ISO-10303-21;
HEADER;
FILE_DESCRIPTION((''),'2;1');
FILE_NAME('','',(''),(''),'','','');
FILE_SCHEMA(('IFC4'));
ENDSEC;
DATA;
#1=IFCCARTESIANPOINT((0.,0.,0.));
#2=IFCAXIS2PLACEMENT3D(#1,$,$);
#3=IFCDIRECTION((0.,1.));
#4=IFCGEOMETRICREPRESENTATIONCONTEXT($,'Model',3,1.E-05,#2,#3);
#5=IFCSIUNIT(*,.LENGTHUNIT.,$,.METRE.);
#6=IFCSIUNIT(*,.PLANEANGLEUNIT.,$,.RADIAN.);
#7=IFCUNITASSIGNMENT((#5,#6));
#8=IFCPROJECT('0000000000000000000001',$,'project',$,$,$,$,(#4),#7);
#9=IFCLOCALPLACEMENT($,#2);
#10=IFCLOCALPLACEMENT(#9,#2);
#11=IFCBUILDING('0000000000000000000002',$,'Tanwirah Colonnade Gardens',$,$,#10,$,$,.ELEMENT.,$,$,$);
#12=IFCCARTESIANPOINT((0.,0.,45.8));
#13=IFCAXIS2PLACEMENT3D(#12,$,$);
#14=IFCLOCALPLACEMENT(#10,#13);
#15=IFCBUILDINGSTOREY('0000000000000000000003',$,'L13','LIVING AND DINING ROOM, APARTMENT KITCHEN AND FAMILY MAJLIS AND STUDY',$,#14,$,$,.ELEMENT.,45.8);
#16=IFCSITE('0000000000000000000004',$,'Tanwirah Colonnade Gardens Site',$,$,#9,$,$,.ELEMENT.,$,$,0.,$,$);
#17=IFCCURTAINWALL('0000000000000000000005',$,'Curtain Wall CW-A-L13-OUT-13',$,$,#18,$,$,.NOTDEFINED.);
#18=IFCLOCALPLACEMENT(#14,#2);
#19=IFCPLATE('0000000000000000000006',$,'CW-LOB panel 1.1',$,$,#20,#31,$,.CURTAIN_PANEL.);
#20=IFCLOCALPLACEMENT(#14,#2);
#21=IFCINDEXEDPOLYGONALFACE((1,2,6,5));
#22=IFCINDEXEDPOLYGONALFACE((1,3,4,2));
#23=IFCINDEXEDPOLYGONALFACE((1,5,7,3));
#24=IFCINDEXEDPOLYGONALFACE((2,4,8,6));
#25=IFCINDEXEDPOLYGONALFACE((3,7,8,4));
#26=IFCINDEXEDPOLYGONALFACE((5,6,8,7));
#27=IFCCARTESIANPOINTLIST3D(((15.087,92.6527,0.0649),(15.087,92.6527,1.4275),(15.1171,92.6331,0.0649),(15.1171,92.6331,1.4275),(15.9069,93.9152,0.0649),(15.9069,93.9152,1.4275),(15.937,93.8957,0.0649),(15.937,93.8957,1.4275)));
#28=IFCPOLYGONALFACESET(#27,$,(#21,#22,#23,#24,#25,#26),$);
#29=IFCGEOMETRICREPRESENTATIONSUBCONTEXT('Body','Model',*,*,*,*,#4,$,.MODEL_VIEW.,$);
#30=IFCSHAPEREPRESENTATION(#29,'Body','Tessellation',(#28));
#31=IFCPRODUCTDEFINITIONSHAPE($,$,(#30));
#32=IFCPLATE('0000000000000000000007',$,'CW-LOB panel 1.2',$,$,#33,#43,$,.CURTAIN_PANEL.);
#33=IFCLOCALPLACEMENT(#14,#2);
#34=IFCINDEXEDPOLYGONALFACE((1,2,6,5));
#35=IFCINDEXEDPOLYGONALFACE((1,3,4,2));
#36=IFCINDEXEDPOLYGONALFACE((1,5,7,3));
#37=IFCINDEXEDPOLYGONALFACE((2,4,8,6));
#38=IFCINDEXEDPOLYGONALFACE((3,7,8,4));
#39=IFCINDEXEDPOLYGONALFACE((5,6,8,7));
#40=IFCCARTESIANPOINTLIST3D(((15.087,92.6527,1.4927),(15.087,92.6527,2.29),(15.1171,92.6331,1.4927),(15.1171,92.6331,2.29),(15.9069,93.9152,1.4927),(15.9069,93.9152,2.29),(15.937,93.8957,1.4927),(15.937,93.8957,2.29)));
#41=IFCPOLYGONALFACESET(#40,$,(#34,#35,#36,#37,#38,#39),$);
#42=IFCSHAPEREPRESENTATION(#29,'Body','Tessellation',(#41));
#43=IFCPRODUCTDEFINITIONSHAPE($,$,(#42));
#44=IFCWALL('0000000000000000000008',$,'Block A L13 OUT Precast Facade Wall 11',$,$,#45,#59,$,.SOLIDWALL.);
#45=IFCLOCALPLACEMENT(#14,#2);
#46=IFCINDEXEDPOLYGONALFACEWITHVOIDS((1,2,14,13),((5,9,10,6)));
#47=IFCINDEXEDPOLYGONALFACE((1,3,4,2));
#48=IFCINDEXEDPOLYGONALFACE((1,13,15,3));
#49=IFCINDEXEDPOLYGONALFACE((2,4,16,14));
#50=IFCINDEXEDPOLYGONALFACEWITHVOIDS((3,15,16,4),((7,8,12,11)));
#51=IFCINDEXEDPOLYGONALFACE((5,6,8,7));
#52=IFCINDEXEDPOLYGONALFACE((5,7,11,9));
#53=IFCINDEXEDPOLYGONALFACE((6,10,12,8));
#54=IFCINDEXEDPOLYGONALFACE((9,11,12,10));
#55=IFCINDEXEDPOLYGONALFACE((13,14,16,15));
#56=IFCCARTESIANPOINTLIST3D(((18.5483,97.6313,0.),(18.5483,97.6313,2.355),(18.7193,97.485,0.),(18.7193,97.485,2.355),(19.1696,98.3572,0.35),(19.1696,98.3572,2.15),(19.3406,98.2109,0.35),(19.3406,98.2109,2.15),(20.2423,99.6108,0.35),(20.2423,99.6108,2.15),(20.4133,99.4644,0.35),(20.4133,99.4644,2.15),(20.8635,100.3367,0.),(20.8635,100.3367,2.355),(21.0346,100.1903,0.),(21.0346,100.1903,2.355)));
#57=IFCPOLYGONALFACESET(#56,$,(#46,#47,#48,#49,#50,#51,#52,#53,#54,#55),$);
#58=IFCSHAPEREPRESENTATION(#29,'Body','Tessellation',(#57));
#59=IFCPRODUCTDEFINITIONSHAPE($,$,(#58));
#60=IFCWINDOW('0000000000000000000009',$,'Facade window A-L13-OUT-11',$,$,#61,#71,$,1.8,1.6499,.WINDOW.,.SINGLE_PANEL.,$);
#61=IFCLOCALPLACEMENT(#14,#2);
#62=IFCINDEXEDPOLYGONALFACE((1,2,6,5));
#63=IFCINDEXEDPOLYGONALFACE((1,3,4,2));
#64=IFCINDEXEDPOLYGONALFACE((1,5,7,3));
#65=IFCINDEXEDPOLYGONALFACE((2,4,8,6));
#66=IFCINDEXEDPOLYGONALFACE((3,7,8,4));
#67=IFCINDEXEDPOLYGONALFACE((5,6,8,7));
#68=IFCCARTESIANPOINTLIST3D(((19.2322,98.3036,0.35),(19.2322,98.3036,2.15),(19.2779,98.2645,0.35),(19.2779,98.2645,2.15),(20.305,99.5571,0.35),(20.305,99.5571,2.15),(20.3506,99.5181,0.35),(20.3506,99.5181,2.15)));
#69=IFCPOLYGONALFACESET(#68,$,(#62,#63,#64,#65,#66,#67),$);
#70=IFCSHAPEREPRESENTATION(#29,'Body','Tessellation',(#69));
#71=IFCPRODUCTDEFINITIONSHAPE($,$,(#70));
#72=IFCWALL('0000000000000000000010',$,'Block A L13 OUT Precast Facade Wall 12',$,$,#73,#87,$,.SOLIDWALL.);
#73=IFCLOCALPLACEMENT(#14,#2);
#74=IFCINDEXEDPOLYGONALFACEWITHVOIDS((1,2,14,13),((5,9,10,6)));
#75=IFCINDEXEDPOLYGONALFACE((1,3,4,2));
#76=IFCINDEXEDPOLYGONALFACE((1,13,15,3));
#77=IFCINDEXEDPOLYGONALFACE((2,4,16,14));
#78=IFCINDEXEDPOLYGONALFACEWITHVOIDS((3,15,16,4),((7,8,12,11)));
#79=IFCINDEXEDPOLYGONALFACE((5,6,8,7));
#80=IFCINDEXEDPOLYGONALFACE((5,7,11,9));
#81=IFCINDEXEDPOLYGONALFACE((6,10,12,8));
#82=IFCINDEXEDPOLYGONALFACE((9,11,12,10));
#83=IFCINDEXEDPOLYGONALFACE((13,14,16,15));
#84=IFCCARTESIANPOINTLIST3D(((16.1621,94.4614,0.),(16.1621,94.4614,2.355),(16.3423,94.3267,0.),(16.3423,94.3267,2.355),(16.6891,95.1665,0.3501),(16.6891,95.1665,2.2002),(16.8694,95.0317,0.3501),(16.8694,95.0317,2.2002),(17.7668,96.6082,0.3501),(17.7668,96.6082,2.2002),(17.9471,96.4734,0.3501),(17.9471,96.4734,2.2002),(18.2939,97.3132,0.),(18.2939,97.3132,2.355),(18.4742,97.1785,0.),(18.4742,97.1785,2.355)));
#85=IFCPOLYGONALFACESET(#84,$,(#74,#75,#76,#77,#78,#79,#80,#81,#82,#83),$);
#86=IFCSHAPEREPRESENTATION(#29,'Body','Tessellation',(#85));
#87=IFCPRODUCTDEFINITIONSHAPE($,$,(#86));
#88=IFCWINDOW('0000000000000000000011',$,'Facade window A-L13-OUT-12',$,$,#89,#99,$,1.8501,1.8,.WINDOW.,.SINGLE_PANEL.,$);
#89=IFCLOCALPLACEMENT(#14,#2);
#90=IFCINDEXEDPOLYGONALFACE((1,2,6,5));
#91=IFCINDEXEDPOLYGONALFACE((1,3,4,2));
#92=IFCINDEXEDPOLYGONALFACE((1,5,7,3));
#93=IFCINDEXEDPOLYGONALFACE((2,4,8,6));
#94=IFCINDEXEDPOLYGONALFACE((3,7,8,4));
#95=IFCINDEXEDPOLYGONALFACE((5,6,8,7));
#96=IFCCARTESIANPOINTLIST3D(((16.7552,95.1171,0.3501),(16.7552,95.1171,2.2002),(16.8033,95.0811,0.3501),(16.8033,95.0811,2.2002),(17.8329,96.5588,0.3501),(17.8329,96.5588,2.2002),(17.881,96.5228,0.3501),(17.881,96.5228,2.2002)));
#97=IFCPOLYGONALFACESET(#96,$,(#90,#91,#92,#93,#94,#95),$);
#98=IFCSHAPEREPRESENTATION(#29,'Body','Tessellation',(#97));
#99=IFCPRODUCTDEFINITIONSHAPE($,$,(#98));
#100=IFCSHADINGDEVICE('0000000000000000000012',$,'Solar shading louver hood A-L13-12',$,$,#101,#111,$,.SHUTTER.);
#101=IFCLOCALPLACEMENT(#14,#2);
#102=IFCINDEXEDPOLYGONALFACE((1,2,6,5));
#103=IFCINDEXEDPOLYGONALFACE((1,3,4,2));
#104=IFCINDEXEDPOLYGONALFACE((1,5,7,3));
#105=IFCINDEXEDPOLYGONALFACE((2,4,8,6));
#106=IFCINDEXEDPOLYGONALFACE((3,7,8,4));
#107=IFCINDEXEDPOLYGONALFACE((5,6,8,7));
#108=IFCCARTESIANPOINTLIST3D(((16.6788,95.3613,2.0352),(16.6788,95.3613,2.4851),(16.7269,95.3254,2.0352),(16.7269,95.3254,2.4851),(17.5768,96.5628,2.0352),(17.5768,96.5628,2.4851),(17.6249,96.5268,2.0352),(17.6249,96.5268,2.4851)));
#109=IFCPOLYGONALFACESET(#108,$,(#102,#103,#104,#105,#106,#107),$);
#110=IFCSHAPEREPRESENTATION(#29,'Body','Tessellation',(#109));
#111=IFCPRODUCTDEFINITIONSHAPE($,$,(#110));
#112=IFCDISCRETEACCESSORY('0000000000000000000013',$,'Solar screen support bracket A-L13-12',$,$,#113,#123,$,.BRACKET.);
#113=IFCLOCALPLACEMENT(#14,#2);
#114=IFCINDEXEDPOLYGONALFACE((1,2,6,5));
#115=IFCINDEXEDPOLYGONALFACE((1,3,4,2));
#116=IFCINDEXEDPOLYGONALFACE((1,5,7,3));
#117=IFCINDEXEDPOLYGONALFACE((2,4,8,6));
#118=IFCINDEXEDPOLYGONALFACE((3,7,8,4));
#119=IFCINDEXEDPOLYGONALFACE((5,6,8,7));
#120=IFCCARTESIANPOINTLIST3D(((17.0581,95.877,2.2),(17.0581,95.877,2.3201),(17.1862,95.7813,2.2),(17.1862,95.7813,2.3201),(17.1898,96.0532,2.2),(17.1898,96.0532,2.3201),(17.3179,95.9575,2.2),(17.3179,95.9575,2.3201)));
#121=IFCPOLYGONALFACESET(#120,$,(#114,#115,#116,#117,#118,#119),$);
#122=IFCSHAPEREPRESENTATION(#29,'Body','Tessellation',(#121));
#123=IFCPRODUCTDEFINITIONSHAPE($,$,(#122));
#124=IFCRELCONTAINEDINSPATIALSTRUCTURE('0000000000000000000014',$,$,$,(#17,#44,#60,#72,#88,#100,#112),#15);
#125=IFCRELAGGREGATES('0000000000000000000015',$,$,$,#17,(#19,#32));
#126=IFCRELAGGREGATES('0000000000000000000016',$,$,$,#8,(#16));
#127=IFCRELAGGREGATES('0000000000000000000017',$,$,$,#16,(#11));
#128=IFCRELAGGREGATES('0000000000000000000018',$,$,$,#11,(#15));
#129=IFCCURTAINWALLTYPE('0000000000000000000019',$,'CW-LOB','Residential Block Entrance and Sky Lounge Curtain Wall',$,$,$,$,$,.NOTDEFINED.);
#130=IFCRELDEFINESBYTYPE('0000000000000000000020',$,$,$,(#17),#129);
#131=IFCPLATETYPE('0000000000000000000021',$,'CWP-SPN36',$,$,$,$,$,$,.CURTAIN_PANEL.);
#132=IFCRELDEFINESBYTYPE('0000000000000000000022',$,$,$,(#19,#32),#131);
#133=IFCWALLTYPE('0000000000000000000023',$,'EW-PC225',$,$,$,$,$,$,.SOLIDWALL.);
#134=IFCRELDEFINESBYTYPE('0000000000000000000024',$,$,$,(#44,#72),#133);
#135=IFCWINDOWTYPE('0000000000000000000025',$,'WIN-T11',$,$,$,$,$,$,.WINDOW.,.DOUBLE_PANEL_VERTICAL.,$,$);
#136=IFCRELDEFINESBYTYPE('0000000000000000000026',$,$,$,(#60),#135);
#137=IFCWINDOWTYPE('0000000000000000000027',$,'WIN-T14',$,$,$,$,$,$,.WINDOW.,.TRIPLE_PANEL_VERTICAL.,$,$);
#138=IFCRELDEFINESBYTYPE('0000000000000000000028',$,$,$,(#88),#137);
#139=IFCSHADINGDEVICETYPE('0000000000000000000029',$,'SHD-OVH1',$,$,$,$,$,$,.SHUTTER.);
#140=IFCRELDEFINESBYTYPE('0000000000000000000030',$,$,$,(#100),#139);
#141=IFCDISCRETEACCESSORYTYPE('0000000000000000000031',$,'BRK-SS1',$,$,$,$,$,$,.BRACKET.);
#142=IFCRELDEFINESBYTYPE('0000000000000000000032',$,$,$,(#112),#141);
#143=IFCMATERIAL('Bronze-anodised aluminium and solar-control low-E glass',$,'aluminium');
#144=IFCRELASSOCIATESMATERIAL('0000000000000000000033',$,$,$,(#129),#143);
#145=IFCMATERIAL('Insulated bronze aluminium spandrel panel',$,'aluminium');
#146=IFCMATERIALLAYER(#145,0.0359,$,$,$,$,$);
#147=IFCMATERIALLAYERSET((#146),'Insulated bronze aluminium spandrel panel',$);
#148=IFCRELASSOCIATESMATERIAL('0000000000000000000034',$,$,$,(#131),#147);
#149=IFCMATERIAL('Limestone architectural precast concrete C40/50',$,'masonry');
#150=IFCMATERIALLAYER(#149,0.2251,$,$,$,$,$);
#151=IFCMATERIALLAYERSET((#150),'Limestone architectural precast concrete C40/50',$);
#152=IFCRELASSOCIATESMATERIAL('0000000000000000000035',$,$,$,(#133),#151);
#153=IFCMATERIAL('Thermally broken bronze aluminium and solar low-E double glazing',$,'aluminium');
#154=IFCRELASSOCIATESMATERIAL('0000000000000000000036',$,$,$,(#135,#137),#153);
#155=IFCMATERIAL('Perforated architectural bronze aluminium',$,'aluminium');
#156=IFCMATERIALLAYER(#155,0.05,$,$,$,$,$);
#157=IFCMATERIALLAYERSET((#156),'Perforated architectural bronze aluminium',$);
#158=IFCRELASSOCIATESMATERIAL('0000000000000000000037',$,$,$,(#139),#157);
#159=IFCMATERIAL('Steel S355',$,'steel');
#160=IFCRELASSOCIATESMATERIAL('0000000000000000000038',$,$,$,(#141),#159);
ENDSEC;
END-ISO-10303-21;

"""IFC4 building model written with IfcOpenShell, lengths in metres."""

from ifc_helpers import new_model, si_unit, direction, frame, frame_2d, origin, origin_2d, place, context, subcontext, project, spatial, rectangle, extrude, material, layer, layer_set, type_object, element, fill, aggregate, save


model = new_model("IFC4")

# Units and contexts
model_context = context("Model", 3, precision=1e-05, world=origin(), true_north=direction((0.0, 1.0)))
body_context = subcontext(model_context, "Body", "Model", "MODEL_VIEW")
ifc_project = project(units=[si_unit("LENGTHUNIT", "METRE"), si_unit("PLANEANGLEUNIT", "RADIAN")], contexts=[model_context])

# Site, building, storey
site_placement = place(None, origin())
site = spatial("IfcSite", under=ifc_project, at=site_placement, Name="Tanwirah Colonnade Gardens Site", CompositionType="ELEMENT", RefElevation=0.0)
building_placement = place(site_placement, origin())
building = spatial("IfcBuilding", under=site, at=building_placement, Name="Tanwirah Colonnade Gardens", CompositionType="ELEMENT")
storey_placement = place(building_placement, frame((0.0, 0.0, 45.8)))
storey = spatial("IfcBuildingStorey", under=building, at=storey_placement, Name="L13", Description="LIVING AND DINING ROOM, APARTMENT KITCHEN AND FAMILY MAJLIS AND STUDY", CompositionType="ELEMENT", Elevation=45.8)

# Curtain wall
ifc_material_1 = material(Name="Bronze-anodised aluminium and solar-control low-E glass", Category="aluminium")
curtain_wall_type = type_object("IfcCurtainWallType", Name="CW-LOB", Description="Residential Block Entrance and Sky Lounge Curtain Wall", PredefinedType="NOTDEFINED", material=ifc_material_1)
curtain_wall_placement = place(storey_placement, origin())
curtain_wall = element("IfcCurtainWall", 1, at=curtain_wall_placement, inside=storey, type_object=curtain_wall_type, Name="Curtain Wall CW-A-L13-OUT-13", PredefinedType="NOTDEFINED")

# Plates
ifc_material_2 = material(Name="Insulated bronze aluminium spandrel panel", Category="aluminium")
ifc_layer_1 = layer(ifc_material_2, 0.0359)
ifc_layer_set_1 = layer_set([ifc_layer_1], Name="Insulated bronze aluminium spandrel panel")
plate_type = type_object("IfcPlateType", Name="CWP-SPN36", PredefinedType="CURTAIN_PANEL", material=ifc_layer_set_1)
plate_1_placement = place(storey_placement, frame((15.512, 93.2742, 0.0649), z_axis=(0.0, 0.0, 1.0), x_axis=(-0.54464, -0.83867, 0.0)))
plate_1 = element("IfcPlate", 2, at=plate_1_placement, type_object=plate_type, Name="CW-LOB panel 1.1", PredefinedType="CURTAIN_PANEL", context=body_context, shape_type="SweptSolid", body=[
    extrude(rectangle(XDim=1.5054, YDim=0.0359, at=origin_2d()), origin(), (0.0, 0.0, 1.0), 1.3625),
])
plate_2_placement = place(storey_placement, frame((15.512, 93.2742, 1.4927), z_axis=(0.0, 0.0, 1.0), x_axis=(-0.54464, -0.83867, 0.0)))
plate_2 = element("IfcPlate", 3, at=plate_2_placement, type_object=plate_type, Name="CW-LOB panel 1.2", PredefinedType="CURTAIN_PANEL", context=body_context, shape_type="SweptSolid", body=[
    extrude(rectangle(XDim=1.5054, YDim=0.0359, at=origin_2d()), origin(), (0.0, 0.0, 1.0), 0.7974),
])
aggregate(curtain_wall, [plate_1, plate_2])

# Walls, openings, windows
ifc_material_3 = material(Name="Limestone architectural precast concrete C40/50", Category="masonry")
ifc_layer_2 = layer(ifc_material_3, 0.2251)
ifc_layer_set_2 = layer_set([ifc_layer_2], Name="Limestone architectural precast concrete C40/50")
wall_type = type_object("IfcWallType", Name="EW-PC225", PredefinedType="SOLIDWALL", material=ifc_layer_set_2)
wall_1_placement = place(storey_placement, frame((20.949, 100.2634, 0.0), z_axis=(0.0, 0.0, 1.0), x_axis=(-0.650198, -0.759765, 0.0)))
wall_1 = element("IfcWall", 4, at=wall_1_placement, inside=storey, type_object=wall_type, Name="Block A L13 OUT Precast Facade Wall 11", PredefinedType="SOLIDWALL", context=body_context, shape_type="SweptSolid", body=[
    extrude(rectangle(XDim=3.5608, YDim=0.2251, at=frame_2d((1.7803, 0.0))), origin(), (0.0, 0.0, 1.0), 2.355),
])
opening_1_placement = place(wall_1_placement, frame((0.9553, 0.0, 0.3501)))
opening_1 = element("IfcOpeningElement", 5, at=opening_1_placement, cuts=wall_1, PredefinedType="OPENING", context=body_context, shape_type="SweptSolid", body=[
    extrude(rectangle(XDim=1.6499, YDim=1.8, at=frame_2d((0.825, 0.8999))), frame((0.0, 0.1226, 0.0), z_axis=(0.0, -1.0, 0.0), x_axis=(1.0, 0.0, 0.0)), (0.0, 0.0, 1.0), 0.2451),
])
ifc_material_4 = material(Name="Thermally broken bronze aluminium and solar low-E double glazing", Category="aluminium")
window_type_1 = type_object("IfcWindowType", Name="WIN-T11", PartitioningType="DOUBLE_PANEL_VERTICAL", PredefinedType="WINDOW", material=ifc_material_4)
window_1_placement = place(opening_1_placement, origin())
window_1 = element("IfcWindow", 6, at=window_1_placement, inside=storey, type_object=window_type_1, Name="Facade window A-L13-OUT-11", OverallHeight=1.8, OverallWidth=1.6499, PartitioningType="SINGLE_PANEL", PredefinedType="WINDOW", context=body_context, shape_type="SweptSolid", body=[
    extrude(rectangle(XDim=1.6499, YDim=1.8, at=frame_2d((0.825, 0.8999))), frame((0.0, 0.03, 0.0), z_axis=(0.0, -1.0, 0.0), x_axis=(1.0, 0.0, 0.0)), (0.0, 0.0, 1.0), 0.0601),
])
fill(opening_1, window_1)
wall_2_placement = place(storey_placement, frame((18.384, 97.2458, 0.0), z_axis=(0.0, 0.0, 1.0), x_axis=(-0.598738, -0.800945, 0.0)))
wall_2 = element("IfcWall", 7, at=wall_2_placement, inside=storey, type_object=wall_type, Name="Block A L13 OUT Precast Facade Wall 12", PredefinedType="SOLIDWALL", context=body_context, shape_type="SweptSolid", body=[
    extrude(rectangle(XDim=3.5605, YDim=0.2251, at=frame_2d((1.7803, 0.0))), origin(), (0.0, 0.0, 1.0), 2.355),
])
opening_2_placement = place(wall_2_placement, frame((0.8804, 0.0, 0.3501)))
opening_2 = element("IfcOpeningElement", 8, at=opening_2_placement, cuts=wall_2, PredefinedType="OPENING", context=body_context, shape_type="SweptSolid", body=[
    extrude(rectangle(XDim=1.8, YDim=1.8501, at=frame_2d((0.8999, 0.925))), frame((0.0, 0.1226, 0.0), z_axis=(0.0, -1.0, 0.0), x_axis=(1.0, 0.0, 0.0)), (0.0, 0.0, 1.0), 0.2451),
])
window_type_2 = type_object("IfcWindowType", Name="WIN-T14", PartitioningType="TRIPLE_PANEL_VERTICAL", PredefinedType="WINDOW", material=ifc_material_4)
window_2_placement = place(opening_2_placement, origin())
window_2 = element("IfcWindow", 9, at=window_2_placement, inside=storey, type_object=window_type_2, Name="Facade window A-L13-OUT-12", OverallHeight=1.8501, OverallWidth=1.8, PartitioningType="SINGLE_PANEL", PredefinedType="WINDOW", context=body_context, shape_type="SweptSolid", body=[
    extrude(rectangle(XDim=1.8, YDim=1.8501, at=frame_2d((0.8999, 0.925))), frame((0.0, 0.03, 0.0), z_axis=(0.0, -1.0, 0.0), x_axis=(1.0, 0.0, 0.0)), (0.0, 0.0, 1.0), 0.0601),
])
fill(opening_2, window_2)

# Shading device
ifc_material_5 = material(Name="Perforated architectural bronze aluminium", Category="aluminium")
ifc_layer_3 = layer(ifc_material_5, 0.05)
ifc_layer_set_3 = layer_set([ifc_layer_3], Name="Perforated architectural bronze aluminium")
shading_device_type = type_object("IfcShadingDeviceType", Name="SHD-OVH1", PredefinedType="SHUTTER", material=ifc_layer_set_3)
shading_device_placement = place(storey_placement, frame((17.1519, 95.9441, 2.0352), z_axis=(0.0, 0.0, 1.0), x_axis=(-0.598712, -0.800965, 0.0)))
element("IfcShadingDevice", 10, at=shading_device_placement, inside=storey, type_object=shading_device_type, Name="Solar shading louver hood A-L13-12", PredefinedType="SHUTTER", context=body_context, shape_type="SweptSolid", body=[
    extrude(rectangle(XDim=1.5, YDim=0.0601, at=origin_2d()), origin(), (0.0, 0.0, 1.0), 0.45),
])

# Discrete accessory
ifc_material_6 = material(Name="Steel S355", Category="steel")
discrete_accessory_type = type_object("IfcDiscreteAccessoryType", Name="BRK-SS1", PredefinedType="BRACKET", material=ifc_material_6)
discrete_accessory_placement = place(storey_placement, frame((17.188, 95.9172, 2.2), z_axis=(0.0, 0.0, 1.0), x_axis=(-0.598712, -0.800965, 0.0)))
element("IfcDiscreteAccessory", 11, at=discrete_accessory_placement, inside=storey, type_object=discrete_accessory_type, Name="Solar screen support bracket A-L13-12", PredefinedType="BRACKET", context=body_context, shape_type="SweptSolid", body=[
    extrude(rectangle(XDim=0.22, YDim=0.1599, at=origin_2d()), origin(), (0.0, 0.0, 1.0), 0.1201),
])

save(model, "model.ifc")
